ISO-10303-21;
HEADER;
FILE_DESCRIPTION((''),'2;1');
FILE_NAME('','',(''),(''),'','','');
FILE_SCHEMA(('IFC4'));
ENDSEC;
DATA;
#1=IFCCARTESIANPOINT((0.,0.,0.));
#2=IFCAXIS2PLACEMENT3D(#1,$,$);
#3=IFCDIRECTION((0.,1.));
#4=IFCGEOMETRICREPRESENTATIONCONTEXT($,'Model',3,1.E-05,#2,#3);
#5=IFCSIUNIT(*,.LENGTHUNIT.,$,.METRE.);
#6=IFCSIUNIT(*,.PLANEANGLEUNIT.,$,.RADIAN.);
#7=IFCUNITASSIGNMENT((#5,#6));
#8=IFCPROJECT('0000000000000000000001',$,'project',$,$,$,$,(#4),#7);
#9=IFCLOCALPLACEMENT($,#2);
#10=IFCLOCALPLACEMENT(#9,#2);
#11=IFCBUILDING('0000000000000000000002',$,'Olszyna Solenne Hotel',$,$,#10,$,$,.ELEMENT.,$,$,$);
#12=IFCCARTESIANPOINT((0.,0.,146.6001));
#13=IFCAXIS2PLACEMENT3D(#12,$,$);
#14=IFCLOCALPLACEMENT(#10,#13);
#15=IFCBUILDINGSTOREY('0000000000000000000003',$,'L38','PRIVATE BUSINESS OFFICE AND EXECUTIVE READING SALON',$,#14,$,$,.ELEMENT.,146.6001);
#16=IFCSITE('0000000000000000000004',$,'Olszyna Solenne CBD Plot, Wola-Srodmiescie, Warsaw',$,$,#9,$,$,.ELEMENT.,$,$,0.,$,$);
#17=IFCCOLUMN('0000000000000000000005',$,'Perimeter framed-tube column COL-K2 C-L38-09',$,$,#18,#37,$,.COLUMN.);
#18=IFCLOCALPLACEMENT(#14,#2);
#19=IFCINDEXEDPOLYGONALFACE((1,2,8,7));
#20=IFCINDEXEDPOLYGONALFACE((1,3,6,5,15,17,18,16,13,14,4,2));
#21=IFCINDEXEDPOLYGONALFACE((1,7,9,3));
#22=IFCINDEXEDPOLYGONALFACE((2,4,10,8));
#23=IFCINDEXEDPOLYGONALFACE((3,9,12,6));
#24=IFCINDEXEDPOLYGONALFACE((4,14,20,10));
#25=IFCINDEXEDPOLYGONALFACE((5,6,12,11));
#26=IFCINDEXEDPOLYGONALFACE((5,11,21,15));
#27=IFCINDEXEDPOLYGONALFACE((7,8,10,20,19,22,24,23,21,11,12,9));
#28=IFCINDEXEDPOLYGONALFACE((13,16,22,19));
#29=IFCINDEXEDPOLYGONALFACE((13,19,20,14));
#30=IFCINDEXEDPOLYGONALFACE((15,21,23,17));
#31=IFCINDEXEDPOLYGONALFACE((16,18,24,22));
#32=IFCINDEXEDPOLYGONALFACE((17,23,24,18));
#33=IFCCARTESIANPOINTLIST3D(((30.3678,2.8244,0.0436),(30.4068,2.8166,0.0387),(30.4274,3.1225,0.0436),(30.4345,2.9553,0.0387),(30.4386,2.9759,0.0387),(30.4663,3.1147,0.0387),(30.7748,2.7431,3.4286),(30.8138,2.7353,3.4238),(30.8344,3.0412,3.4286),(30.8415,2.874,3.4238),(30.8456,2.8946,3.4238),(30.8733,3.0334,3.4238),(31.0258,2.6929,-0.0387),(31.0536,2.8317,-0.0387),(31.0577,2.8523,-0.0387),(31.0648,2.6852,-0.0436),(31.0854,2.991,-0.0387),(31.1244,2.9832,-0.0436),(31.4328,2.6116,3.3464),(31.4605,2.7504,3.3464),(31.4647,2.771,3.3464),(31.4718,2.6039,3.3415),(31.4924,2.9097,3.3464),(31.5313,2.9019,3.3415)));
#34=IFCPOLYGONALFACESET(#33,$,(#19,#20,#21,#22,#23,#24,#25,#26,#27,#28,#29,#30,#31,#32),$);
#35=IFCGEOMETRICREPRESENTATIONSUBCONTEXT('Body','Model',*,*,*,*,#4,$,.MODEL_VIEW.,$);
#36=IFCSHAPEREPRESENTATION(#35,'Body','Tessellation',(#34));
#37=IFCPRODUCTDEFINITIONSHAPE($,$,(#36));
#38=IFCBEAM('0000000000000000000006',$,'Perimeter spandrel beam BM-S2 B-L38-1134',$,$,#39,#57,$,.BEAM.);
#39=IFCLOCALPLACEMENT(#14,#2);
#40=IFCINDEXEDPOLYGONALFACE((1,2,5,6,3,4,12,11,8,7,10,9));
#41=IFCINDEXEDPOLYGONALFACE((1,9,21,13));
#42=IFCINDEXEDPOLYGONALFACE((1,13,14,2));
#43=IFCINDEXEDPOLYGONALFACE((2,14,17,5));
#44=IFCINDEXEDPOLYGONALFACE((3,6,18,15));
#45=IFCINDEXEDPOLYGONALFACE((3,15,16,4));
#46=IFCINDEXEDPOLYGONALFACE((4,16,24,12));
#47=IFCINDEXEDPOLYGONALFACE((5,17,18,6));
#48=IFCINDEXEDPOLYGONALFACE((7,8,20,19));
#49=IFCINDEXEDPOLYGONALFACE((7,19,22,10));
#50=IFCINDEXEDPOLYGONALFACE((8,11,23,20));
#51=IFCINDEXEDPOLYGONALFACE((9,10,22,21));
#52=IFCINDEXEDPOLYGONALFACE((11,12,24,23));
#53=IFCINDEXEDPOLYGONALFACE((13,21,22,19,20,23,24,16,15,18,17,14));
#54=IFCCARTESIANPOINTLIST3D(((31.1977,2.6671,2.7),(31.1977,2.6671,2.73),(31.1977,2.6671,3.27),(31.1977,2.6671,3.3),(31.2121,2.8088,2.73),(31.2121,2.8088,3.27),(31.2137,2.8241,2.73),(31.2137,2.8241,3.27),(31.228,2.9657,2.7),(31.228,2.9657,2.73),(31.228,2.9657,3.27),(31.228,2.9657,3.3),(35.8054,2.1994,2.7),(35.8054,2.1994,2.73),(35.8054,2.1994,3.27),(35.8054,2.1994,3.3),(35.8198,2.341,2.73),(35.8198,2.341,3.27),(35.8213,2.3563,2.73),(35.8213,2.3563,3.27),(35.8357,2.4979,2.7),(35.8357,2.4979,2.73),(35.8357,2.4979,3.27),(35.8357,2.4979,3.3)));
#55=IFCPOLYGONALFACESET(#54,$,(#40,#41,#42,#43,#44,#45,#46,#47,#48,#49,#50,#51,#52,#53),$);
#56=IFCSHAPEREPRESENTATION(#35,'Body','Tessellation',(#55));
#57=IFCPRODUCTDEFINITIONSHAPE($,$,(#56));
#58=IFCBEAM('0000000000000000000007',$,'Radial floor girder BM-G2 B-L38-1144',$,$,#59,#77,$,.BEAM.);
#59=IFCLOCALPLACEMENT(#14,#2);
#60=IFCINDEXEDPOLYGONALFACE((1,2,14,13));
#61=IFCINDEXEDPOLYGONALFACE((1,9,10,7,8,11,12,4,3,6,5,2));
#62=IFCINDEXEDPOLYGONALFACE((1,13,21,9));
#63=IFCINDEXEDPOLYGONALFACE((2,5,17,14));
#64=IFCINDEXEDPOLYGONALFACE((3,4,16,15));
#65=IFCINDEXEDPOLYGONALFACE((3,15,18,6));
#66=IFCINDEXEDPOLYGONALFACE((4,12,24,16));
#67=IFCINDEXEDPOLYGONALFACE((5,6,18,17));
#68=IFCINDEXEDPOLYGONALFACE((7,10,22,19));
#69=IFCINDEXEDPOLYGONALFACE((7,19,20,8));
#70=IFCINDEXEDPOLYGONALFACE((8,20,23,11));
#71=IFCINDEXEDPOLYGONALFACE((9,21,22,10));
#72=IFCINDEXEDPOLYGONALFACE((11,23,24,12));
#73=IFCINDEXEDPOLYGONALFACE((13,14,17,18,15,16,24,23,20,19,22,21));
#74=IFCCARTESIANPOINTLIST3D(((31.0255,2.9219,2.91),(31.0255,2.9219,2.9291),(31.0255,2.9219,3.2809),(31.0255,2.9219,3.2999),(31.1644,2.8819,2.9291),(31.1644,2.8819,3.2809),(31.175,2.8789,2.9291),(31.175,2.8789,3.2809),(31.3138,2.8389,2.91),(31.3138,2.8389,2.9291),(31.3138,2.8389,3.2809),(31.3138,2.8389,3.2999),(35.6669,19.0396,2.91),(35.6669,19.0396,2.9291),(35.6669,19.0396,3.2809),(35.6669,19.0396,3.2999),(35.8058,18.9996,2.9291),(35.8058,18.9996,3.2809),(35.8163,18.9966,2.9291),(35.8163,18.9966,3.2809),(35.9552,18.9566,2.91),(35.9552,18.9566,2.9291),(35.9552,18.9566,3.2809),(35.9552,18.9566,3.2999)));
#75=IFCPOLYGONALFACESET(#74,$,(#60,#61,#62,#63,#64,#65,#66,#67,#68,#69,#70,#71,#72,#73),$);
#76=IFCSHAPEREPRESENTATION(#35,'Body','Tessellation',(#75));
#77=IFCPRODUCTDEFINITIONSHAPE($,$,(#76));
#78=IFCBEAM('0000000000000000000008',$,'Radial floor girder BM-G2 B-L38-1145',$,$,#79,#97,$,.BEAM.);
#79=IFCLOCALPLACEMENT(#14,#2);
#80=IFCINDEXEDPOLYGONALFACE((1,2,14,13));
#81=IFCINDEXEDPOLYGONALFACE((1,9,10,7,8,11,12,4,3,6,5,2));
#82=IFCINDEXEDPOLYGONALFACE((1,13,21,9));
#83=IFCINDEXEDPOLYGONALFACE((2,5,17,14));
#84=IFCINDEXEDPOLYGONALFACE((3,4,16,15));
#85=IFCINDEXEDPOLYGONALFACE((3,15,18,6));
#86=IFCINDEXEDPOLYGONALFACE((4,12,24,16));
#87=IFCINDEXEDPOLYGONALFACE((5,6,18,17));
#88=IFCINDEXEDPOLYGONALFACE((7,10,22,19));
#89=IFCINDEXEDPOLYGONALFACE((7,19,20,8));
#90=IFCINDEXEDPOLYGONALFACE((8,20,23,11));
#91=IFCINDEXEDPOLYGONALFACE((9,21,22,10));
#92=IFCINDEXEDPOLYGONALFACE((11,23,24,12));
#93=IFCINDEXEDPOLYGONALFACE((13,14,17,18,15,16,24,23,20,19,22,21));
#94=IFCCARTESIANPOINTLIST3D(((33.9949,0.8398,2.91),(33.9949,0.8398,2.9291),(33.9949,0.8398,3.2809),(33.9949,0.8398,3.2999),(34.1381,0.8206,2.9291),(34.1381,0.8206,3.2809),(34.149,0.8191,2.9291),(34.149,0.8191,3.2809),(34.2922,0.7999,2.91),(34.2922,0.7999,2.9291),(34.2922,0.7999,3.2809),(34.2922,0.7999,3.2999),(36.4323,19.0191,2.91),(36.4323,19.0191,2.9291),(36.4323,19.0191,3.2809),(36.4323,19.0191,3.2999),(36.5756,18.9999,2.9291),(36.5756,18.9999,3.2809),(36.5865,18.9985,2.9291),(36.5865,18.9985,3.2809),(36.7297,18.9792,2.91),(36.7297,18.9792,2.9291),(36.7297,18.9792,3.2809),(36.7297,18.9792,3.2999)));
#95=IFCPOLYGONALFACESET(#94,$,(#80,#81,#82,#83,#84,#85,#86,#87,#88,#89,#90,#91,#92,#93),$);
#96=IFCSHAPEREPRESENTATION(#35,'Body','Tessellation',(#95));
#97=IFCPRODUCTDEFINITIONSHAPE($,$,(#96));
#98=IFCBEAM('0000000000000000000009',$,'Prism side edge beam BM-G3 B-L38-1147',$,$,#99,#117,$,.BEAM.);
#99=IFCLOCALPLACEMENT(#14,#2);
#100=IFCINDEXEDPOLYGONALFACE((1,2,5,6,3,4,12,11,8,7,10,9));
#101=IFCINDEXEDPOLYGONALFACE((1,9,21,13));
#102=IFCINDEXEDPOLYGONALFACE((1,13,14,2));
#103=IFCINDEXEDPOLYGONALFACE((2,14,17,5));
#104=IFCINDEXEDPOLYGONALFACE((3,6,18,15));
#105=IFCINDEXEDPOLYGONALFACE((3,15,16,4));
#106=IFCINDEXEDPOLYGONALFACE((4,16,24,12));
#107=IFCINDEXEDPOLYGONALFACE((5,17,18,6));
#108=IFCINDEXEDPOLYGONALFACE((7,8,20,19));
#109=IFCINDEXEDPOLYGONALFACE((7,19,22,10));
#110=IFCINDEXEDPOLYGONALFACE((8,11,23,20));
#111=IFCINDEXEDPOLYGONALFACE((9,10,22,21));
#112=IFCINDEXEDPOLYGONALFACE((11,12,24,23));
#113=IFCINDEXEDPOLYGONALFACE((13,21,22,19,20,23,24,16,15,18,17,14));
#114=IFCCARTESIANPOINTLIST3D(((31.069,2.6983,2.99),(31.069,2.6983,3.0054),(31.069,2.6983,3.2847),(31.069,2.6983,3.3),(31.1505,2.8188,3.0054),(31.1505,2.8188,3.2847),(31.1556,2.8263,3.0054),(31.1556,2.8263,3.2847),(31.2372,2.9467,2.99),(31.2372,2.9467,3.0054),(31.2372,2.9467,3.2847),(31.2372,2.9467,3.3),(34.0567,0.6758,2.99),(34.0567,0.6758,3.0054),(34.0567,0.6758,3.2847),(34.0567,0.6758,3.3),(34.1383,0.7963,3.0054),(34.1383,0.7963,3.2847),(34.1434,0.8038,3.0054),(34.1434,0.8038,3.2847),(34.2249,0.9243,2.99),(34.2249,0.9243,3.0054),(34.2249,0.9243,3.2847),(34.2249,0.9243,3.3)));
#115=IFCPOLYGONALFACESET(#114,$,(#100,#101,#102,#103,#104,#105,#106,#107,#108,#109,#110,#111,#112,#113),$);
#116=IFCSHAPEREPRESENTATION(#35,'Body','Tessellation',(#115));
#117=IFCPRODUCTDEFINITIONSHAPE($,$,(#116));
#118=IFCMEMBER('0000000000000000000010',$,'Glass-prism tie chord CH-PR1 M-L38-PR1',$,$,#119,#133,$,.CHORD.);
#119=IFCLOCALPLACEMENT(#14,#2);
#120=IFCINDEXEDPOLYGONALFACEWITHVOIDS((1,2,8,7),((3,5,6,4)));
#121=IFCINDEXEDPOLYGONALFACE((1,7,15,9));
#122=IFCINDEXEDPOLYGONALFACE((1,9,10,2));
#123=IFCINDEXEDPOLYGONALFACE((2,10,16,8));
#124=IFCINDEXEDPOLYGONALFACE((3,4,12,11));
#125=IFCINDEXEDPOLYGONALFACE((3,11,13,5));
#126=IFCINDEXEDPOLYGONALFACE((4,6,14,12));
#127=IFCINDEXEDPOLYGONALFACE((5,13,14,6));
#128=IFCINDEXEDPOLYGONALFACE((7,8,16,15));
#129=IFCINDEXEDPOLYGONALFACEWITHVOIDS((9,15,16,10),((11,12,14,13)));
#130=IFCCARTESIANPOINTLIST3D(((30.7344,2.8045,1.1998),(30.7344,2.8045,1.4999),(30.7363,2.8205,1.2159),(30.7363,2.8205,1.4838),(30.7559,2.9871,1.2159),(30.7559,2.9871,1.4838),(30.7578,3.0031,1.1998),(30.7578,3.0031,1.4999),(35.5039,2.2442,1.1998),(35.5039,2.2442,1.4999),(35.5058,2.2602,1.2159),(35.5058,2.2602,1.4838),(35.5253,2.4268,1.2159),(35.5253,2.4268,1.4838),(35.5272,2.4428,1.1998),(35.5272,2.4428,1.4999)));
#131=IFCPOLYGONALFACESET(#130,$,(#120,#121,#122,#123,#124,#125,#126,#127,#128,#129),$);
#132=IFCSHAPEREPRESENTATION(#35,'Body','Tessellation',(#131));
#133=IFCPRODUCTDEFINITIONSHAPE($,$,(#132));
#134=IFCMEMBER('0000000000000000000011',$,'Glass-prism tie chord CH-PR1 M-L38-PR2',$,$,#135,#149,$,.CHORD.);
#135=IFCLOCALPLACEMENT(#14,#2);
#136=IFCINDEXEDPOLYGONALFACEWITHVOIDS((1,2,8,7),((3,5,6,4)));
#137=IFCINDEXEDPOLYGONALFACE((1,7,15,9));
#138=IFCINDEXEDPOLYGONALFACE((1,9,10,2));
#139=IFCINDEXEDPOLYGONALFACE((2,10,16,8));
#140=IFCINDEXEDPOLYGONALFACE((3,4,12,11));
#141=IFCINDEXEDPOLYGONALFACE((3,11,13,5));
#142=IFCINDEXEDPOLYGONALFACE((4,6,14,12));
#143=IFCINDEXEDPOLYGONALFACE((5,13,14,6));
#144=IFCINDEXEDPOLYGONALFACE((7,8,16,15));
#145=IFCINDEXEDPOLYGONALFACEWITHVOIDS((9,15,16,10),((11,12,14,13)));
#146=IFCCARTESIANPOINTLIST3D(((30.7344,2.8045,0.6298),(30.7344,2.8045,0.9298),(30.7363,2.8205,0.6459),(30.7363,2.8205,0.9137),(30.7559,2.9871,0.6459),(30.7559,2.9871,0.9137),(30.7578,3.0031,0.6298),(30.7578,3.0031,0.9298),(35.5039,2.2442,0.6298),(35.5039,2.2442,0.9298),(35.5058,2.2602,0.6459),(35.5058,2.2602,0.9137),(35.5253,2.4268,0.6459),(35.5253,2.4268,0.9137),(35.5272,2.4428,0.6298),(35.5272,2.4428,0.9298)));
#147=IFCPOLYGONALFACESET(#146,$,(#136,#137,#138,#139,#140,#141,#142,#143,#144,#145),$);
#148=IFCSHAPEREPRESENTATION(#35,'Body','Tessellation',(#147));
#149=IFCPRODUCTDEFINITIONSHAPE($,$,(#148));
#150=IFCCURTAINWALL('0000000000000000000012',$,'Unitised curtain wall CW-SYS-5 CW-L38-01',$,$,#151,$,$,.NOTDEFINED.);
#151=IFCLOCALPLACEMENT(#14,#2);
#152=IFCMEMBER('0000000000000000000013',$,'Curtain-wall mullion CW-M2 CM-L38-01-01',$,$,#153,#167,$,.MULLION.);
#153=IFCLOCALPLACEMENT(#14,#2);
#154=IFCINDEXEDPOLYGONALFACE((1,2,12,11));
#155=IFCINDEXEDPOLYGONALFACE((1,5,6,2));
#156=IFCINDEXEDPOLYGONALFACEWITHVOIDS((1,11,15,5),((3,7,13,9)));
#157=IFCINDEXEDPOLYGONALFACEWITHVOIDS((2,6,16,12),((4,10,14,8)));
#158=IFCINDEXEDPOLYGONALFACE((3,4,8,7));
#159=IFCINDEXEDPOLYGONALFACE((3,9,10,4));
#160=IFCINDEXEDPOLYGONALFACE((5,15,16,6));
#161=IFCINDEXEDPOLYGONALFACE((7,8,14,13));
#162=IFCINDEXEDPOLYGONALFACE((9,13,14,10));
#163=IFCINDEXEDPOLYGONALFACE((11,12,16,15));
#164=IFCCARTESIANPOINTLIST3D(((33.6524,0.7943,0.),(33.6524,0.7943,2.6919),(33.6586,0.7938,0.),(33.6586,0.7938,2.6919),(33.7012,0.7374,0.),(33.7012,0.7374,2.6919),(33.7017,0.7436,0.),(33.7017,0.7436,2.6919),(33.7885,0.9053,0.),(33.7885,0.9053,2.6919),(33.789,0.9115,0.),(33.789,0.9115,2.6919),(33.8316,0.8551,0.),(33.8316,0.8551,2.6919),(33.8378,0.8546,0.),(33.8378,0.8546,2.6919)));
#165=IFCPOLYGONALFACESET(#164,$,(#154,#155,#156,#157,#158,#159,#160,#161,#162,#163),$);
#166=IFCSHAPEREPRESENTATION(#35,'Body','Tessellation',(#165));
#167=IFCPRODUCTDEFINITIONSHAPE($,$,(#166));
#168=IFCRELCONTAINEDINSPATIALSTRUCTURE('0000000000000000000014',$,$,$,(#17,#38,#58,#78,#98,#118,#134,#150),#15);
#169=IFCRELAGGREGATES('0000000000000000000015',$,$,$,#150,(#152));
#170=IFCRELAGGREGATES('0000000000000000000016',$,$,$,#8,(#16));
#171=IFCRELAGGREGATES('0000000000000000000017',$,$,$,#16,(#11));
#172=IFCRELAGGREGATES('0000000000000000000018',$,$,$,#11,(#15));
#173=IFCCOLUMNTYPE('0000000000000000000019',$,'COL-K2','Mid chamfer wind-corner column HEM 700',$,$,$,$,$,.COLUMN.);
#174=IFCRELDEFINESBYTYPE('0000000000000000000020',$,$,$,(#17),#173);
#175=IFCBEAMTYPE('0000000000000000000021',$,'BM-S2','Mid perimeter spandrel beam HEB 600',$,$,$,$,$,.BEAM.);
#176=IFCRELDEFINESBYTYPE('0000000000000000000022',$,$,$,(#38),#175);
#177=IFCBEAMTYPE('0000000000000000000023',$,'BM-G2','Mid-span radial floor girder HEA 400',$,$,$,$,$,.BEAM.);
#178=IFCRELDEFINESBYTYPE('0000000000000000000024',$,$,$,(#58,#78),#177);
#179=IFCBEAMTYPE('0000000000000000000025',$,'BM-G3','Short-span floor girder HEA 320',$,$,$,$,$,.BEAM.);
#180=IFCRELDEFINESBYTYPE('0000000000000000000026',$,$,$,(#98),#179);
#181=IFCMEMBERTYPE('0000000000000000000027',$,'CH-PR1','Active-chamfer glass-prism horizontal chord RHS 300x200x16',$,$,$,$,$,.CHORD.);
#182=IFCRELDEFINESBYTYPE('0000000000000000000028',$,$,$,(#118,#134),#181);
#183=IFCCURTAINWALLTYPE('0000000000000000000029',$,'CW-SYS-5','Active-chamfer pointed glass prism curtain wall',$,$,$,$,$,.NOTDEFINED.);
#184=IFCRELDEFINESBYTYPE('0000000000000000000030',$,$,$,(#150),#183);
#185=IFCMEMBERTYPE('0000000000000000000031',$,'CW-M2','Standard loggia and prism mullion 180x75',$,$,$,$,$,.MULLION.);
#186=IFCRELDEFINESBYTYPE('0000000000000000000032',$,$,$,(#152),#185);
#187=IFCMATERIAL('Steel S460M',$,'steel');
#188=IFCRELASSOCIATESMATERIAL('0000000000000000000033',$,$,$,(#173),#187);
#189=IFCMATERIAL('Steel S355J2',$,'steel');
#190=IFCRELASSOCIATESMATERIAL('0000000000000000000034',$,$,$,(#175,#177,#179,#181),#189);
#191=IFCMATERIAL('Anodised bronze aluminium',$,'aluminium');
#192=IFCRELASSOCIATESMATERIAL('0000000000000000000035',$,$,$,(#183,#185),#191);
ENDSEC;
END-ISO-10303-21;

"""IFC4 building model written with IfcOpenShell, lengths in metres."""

from ifc_helpers import new_model, si_unit, direction, frame, origin, origin_2d, place, context, subcontext, project, spatial, hollow_rectangle, i_section, extrude, source, transform, mapped, material, material_profile, profile_set, type_object, element, aggregate, save


model = new_model("IFC4")

# Units and contexts
model_context = context("Model", 3, precision=1e-05, world=origin(), true_north=direction((0.0, 1.0)))
body_context = subcontext(model_context, "Body", "Model", "MODEL_VIEW")
ifc_project = project(units=[si_unit("LENGTHUNIT", "METRE"), si_unit("PLANEANGLEUNIT", "RADIAN")], contexts=[model_context])

# Site, building, storey
site_placement = place(None, origin())
site = spatial("IfcSite", under=ifc_project, at=site_placement, Name="Olszyna Solenne CBD Plot, Wola-Srodmiescie, Warsaw", CompositionType="ELEMENT", RefElevation=0.0)
building_placement = place(site_placement, origin())
building = spatial("IfcBuilding", under=site, at=building_placement, Name="Olszyna Solenne Hotel", CompositionType="ELEMENT")
storey_placement = place(building_placement, frame((0.0, 0.0, 146.6001)))
storey = spatial("IfcBuildingStorey", under=building, at=storey_placement, Name="L38", Description="PRIVATE BUSINESS OFFICE AND EXECUTIVE READING SALON", CompositionType="ELEMENT", Elevation=146.6001)

# Column
ifc_material_1 = material(Name="Steel S460M", Category="steel")
ifc_material_profile_1 = material_profile(ifc_material_1, i_section(OverallWidth=0.304, OverallDepth=0.7161, WebThickness=0.021, FlangeThickness=0.04, at=origin_2d()), Name="HEM 700", Category="load-bearing")
ifc_profile_set_1 = profile_set([ifc_material_profile_1], Name="Steel S460M")
column_type = type_object("IfcColumnType", Name="COL-K2", Description="Mid chamfer wind-corner column HEM 700", PredefinedType="COLUMN", material=ifc_profile_set_1)
shared_shape_1 = source(origin(), body_context, "Body", "SweptSolid", [
    extrude(i_section(OverallWidth=0.304, OverallDepth=0.7161, WebThickness=0.021, FlangeThickness=0.04, at=origin_2d()), origin(), (0.0, 0.0, 1.0), 3.4104),
])
column_placement = place(storey_placement, frame((30.7461, 2.9038, 0.0), z_axis=(0.119337, -0.023839, 0.992568), x_axis=(0.19589, 0.980626, 0.0)))
element("IfcColumn", 1, at=column_placement, inside=storey, type_object=column_type, Name="Perimeter framed-tube column COL-K2 C-L38-09", PredefinedType="COLUMN", context=body_context, shape_type="MappedRepresentation", body=[
    mapped(shared_shape_1, transform((0.0, 0.0, 0.0), x_axis=(1.0, 0.0, 0.0), y_axis=(0.0, 1.0, 0.0), z_axis=(0.0, 0.0, 1.0), scale=1.0)),
])

# Beams
ifc_material_2 = material(Name="Steel S355J2", Category="steel")
ifc_material_profile_2 = material_profile(ifc_material_2, i_section(OverallWidth=0.3, OverallDepth=0.6001, WebThickness=0.0154, FlangeThickness=0.03, at=origin_2d()), Name="HEB 600", Category="load-bearing")
ifc_profile_set_2 = profile_set([ifc_material_profile_2], Name="Steel S355J2")
beam_type_1 = type_object("IfcBeamType", Name="BM-S2", Description="Mid perimeter spandrel beam HEB 600", PredefinedType="BEAM", material=ifc_profile_set_2)
shared_shape_2 = source(origin(), body_context, "Body", "SweptSolid", [
    extrude(i_section(OverallWidth=0.3, OverallDepth=0.6001, WebThickness=0.0154, FlangeThickness=0.03, at=origin_2d()), origin(), (0.0, 0.0, 1.0), 4.6313),
])
beam_1_placement = place(storey_placement, frame((31.2129, 2.8164, 3.0), z_axis=(0.994886, -0.101002, 0.0), x_axis=(0.101002, 0.994886, 0.0)))
element("IfcBeam", 2, at=beam_1_placement, inside=storey, type_object=beam_type_1, Name="Perimeter spandrel beam BM-S2 B-L38-1134", PredefinedType="BEAM", context=body_context, shape_type="MappedRepresentation", body=[
    mapped(shared_shape_2, transform((0.0, 0.0, 0.0), x_axis=(1.0, 0.0, 0.0), y_axis=(0.0, 1.0, 0.0), z_axis=(0.0, 0.0, 1.0), scale=1.0)),
])
ifc_material_profile_3 = material_profile(ifc_material_2, i_section(OverallWidth=0.3, OverallDepth=0.3899, WebThickness=0.011, FlangeThickness=0.019, at=origin_2d()), Name="HEA 400", Category="load-bearing")
ifc_profile_set_3 = profile_set([ifc_material_profile_3], Name="Steel S355J2")
beam_type_2 = type_object("IfcBeamType", Name="BM-G2", Description="Mid-span radial floor girder HEA 400", PredefinedType="BEAM", material=ifc_profile_set_3)
shared_shape_3 = source(origin(), body_context, "Body", "SweptSolid", [
    extrude(i_section(OverallWidth=0.3, OverallDepth=0.3899, WebThickness=0.011, FlangeThickness=0.019, at=origin_2d()), origin(), (0.0, 0.0, 1.0), 16.7727),
])
beam_2_placement = place(storey_placement, frame((31.1697, 2.8804, 3.105), z_axis=(0.276722, 0.96095, 0.0), x_axis=(-0.96095, 0.276722, 0.0)))
element("IfcBeam", 3, at=beam_2_placement, inside=storey, type_object=beam_type_2, Name="Radial floor girder BM-G2 B-L38-1144", PredefinedType="BEAM", context=body_context, shape_type="MappedRepresentation", body=[
    mapped(shared_shape_3, transform((0.0, 0.0, 0.0), x_axis=(1.0, 0.0, 0.0), y_axis=(0.0, 1.0, 0.0), z_axis=(0.0, 0.0, 1.0), scale=1.0)),
])
shared_shape_4 = source(origin(), body_context, "Body", "SweptSolid", [
    extrude(i_section(OverallWidth=0.3, OverallDepth=0.3899, WebThickness=0.011, FlangeThickness=0.019, at=origin_2d()), origin(), (0.0, 0.0, 1.0), 18.342),
])
beam_3_placement = place(storey_placement, frame((34.1436, 0.8198, 3.105), z_axis=(0.132891, 0.991131, 0.0), x_axis=(-0.991131, 0.132891, 0.0)))
element("IfcBeam", 4, at=beam_3_placement, inside=storey, type_object=beam_type_2, Name="Radial floor girder BM-G2 B-L38-1145", PredefinedType="BEAM", context=body_context, shape_type="MappedRepresentation", body=[
    mapped(shared_shape_4, transform((0.0, 0.0, 0.0), x_axis=(1.0, 0.0, 0.0), y_axis=(0.0, 1.0, 0.0), z_axis=(0.0, 0.0, 1.0), scale=1.0)),
])
ifc_material_profile_4 = material_profile(ifc_material_2, i_section(OverallWidth=0.3, OverallDepth=0.3101, WebThickness=0.009, FlangeThickness=0.0154, at=origin_2d()), Name="HEA 320", Category="load-bearing")
ifc_profile_set_4 = profile_set([ifc_material_profile_4], Name="Steel S355J2")
beam_type_3 = type_object("IfcBeamType", Name="BM-G3", Description="Short-span floor girder HEA 320", PredefinedType="BEAM", material=ifc_profile_set_4)
shared_shape_5 = source(origin(), body_context, "Body", "SweptSolid", [
    extrude(i_section(OverallWidth=0.3, OverallDepth=0.3101, WebThickness=0.009, FlangeThickness=0.0154, at=origin_2d()), origin(), (0.0, 0.0, 1.0), 3.6079),
])
beam_4_placement = place(storey_placement, frame((31.1531, 2.8225, 3.145), z_axis=(0.828115, -0.560558, 0.0), x_axis=(0.560558, 0.828115, 0.0)))
element("IfcBeam", 5, at=beam_4_placement, inside=storey, type_object=beam_type_3, Name="Prism side edge beam BM-G3 B-L38-1147", PredefinedType="BEAM", context=body_context, shape_type="MappedRepresentation", body=[
    mapped(shared_shape_5, transform((0.0, 0.0, 0.0), x_axis=(1.0, 0.0, 0.0), y_axis=(0.0, 1.0, 0.0), z_axis=(0.0, 0.0, 1.0), scale=1.0)),
])

# Members
ifc_material_profile_5 = material_profile(ifc_material_2, hollow_rectangle(XDim=0.2, YDim=0.3, WallThickness=0.0161, at=origin_2d()), Name="RHS 300x200x16", Category="load-bearing")
ifc_profile_set_5 = profile_set([ifc_material_profile_5], Name="Steel S355J2")
member_type_1 = type_object("IfcMemberType", Name="CH-PR1", Description="Active-chamfer glass-prism horizontal chord RHS 300x200x16", PredefinedType="CHORD", material=ifc_profile_set_5)
shared_shape_6 = source(origin(), body_context, "Body", "SweptSolid", [
    extrude(hollow_rectangle(XDim=0.2, YDim=0.3, WallThickness=0.0161, at=origin_2d()), origin(), (0.0, 0.0, 1.0), 4.8022),
])
for number, where, z_axis, x_axis, name in (
    (6, (30.7461, 2.9038, 1.3499), (0.99317, -0.116673, 0.0), (0.116673, 0.99317, 0.0), "Glass-prism tie chord CH-PR1 M-L38-PR1"),
    (7, (30.7461, 2.9038, 0.7798), (0.99317, -0.116673, 0.0), (0.116673, 0.99317, 0.0), "Glass-prism tie chord CH-PR1 M-L38-PR2"),
):
    element("IfcMember", number, at=place(storey_placement, frame(where, z_axis=z_axis, x_axis=x_axis)), inside=storey, type_object=member_type_1, Name=name, PredefinedType="CHORD", context=body_context, shape_type="MappedRepresentation", body=[
        mapped(shared_shape_6, transform((0.0, 0.0, 0.0), x_axis=(1.0, 0.0, 0.0), y_axis=(0.0, 1.0, 0.0), z_axis=(0.0, 0.0, 1.0), scale=1.0)),
    ])

# Curtain wall, member
ifc_material_3 = material(Name="Anodised bronze aluminium", Category="aluminium")
curtain_wall_type = type_object("IfcCurtainWallType", Name="CW-SYS-5", Description="Active-chamfer pointed glass prism curtain wall", PredefinedType="NOTDEFINED", material=ifc_material_3)
curtain_wall_1_placement = place(storey_placement, origin())
curtain_wall_1 = element("IfcCurtainWall", 8, at=curtain_wall_1_placement, inside=storey, type_object=curtain_wall_type, Name="Unitised curtain wall CW-SYS-5 CW-L38-01", PredefinedType="NOTDEFINED")
ifc_material_profile_6 = material_profile(ifc_material_3, hollow_rectangle(XDim=0.075, YDim=0.1799, WallThickness=0.0044, at=origin_2d()), Name="MULL 180x75x4.5", Category="load-bearing")
ifc_profile_set_6 = profile_set([ifc_material_profile_6], Name="Anodised bronze aluminium")
member_type_2 = type_object("IfcMemberType", Name="CW-M2", Description="Standard loggia and prism mullion 180x75", PredefinedType="MULLION", material=ifc_profile_set_6)
shared_shape_7 = source(origin(), body_context, "Body", "SweptSolid", [
    extrude(hollow_rectangle(XDim=0.075, YDim=0.1799, WallThickness=0.0044, at=origin_2d()), origin(), (0.0, 0.0, 1.0), 2.6919),
])
member_1_placement = place(storey_placement, frame((33.7451, 0.8245, 0.0), z_axis=(0.0, 0.0, 1.0), x_axis=(-0.651153, 0.758947, 0.0)))
member_1 = element("IfcMember", 9, at=member_1_placement, type_object=member_type_2, Name="Curtain-wall mullion CW-M2 CM-L38-01-01", PredefinedType="MULLION", context=body_context, shape_type="MappedRepresentation", body=[
    mapped(shared_shape_7, transform((0.0, 0.0, 0.0), x_axis=(1.0, 0.0, 0.0), y_axis=(0.0, 1.0, 0.0), z_axis=(0.0, 0.0, 1.0), scale=1.0)),
])

aggregate(curtain_wall_1, [member_1])

save(model, "model.ifc")
